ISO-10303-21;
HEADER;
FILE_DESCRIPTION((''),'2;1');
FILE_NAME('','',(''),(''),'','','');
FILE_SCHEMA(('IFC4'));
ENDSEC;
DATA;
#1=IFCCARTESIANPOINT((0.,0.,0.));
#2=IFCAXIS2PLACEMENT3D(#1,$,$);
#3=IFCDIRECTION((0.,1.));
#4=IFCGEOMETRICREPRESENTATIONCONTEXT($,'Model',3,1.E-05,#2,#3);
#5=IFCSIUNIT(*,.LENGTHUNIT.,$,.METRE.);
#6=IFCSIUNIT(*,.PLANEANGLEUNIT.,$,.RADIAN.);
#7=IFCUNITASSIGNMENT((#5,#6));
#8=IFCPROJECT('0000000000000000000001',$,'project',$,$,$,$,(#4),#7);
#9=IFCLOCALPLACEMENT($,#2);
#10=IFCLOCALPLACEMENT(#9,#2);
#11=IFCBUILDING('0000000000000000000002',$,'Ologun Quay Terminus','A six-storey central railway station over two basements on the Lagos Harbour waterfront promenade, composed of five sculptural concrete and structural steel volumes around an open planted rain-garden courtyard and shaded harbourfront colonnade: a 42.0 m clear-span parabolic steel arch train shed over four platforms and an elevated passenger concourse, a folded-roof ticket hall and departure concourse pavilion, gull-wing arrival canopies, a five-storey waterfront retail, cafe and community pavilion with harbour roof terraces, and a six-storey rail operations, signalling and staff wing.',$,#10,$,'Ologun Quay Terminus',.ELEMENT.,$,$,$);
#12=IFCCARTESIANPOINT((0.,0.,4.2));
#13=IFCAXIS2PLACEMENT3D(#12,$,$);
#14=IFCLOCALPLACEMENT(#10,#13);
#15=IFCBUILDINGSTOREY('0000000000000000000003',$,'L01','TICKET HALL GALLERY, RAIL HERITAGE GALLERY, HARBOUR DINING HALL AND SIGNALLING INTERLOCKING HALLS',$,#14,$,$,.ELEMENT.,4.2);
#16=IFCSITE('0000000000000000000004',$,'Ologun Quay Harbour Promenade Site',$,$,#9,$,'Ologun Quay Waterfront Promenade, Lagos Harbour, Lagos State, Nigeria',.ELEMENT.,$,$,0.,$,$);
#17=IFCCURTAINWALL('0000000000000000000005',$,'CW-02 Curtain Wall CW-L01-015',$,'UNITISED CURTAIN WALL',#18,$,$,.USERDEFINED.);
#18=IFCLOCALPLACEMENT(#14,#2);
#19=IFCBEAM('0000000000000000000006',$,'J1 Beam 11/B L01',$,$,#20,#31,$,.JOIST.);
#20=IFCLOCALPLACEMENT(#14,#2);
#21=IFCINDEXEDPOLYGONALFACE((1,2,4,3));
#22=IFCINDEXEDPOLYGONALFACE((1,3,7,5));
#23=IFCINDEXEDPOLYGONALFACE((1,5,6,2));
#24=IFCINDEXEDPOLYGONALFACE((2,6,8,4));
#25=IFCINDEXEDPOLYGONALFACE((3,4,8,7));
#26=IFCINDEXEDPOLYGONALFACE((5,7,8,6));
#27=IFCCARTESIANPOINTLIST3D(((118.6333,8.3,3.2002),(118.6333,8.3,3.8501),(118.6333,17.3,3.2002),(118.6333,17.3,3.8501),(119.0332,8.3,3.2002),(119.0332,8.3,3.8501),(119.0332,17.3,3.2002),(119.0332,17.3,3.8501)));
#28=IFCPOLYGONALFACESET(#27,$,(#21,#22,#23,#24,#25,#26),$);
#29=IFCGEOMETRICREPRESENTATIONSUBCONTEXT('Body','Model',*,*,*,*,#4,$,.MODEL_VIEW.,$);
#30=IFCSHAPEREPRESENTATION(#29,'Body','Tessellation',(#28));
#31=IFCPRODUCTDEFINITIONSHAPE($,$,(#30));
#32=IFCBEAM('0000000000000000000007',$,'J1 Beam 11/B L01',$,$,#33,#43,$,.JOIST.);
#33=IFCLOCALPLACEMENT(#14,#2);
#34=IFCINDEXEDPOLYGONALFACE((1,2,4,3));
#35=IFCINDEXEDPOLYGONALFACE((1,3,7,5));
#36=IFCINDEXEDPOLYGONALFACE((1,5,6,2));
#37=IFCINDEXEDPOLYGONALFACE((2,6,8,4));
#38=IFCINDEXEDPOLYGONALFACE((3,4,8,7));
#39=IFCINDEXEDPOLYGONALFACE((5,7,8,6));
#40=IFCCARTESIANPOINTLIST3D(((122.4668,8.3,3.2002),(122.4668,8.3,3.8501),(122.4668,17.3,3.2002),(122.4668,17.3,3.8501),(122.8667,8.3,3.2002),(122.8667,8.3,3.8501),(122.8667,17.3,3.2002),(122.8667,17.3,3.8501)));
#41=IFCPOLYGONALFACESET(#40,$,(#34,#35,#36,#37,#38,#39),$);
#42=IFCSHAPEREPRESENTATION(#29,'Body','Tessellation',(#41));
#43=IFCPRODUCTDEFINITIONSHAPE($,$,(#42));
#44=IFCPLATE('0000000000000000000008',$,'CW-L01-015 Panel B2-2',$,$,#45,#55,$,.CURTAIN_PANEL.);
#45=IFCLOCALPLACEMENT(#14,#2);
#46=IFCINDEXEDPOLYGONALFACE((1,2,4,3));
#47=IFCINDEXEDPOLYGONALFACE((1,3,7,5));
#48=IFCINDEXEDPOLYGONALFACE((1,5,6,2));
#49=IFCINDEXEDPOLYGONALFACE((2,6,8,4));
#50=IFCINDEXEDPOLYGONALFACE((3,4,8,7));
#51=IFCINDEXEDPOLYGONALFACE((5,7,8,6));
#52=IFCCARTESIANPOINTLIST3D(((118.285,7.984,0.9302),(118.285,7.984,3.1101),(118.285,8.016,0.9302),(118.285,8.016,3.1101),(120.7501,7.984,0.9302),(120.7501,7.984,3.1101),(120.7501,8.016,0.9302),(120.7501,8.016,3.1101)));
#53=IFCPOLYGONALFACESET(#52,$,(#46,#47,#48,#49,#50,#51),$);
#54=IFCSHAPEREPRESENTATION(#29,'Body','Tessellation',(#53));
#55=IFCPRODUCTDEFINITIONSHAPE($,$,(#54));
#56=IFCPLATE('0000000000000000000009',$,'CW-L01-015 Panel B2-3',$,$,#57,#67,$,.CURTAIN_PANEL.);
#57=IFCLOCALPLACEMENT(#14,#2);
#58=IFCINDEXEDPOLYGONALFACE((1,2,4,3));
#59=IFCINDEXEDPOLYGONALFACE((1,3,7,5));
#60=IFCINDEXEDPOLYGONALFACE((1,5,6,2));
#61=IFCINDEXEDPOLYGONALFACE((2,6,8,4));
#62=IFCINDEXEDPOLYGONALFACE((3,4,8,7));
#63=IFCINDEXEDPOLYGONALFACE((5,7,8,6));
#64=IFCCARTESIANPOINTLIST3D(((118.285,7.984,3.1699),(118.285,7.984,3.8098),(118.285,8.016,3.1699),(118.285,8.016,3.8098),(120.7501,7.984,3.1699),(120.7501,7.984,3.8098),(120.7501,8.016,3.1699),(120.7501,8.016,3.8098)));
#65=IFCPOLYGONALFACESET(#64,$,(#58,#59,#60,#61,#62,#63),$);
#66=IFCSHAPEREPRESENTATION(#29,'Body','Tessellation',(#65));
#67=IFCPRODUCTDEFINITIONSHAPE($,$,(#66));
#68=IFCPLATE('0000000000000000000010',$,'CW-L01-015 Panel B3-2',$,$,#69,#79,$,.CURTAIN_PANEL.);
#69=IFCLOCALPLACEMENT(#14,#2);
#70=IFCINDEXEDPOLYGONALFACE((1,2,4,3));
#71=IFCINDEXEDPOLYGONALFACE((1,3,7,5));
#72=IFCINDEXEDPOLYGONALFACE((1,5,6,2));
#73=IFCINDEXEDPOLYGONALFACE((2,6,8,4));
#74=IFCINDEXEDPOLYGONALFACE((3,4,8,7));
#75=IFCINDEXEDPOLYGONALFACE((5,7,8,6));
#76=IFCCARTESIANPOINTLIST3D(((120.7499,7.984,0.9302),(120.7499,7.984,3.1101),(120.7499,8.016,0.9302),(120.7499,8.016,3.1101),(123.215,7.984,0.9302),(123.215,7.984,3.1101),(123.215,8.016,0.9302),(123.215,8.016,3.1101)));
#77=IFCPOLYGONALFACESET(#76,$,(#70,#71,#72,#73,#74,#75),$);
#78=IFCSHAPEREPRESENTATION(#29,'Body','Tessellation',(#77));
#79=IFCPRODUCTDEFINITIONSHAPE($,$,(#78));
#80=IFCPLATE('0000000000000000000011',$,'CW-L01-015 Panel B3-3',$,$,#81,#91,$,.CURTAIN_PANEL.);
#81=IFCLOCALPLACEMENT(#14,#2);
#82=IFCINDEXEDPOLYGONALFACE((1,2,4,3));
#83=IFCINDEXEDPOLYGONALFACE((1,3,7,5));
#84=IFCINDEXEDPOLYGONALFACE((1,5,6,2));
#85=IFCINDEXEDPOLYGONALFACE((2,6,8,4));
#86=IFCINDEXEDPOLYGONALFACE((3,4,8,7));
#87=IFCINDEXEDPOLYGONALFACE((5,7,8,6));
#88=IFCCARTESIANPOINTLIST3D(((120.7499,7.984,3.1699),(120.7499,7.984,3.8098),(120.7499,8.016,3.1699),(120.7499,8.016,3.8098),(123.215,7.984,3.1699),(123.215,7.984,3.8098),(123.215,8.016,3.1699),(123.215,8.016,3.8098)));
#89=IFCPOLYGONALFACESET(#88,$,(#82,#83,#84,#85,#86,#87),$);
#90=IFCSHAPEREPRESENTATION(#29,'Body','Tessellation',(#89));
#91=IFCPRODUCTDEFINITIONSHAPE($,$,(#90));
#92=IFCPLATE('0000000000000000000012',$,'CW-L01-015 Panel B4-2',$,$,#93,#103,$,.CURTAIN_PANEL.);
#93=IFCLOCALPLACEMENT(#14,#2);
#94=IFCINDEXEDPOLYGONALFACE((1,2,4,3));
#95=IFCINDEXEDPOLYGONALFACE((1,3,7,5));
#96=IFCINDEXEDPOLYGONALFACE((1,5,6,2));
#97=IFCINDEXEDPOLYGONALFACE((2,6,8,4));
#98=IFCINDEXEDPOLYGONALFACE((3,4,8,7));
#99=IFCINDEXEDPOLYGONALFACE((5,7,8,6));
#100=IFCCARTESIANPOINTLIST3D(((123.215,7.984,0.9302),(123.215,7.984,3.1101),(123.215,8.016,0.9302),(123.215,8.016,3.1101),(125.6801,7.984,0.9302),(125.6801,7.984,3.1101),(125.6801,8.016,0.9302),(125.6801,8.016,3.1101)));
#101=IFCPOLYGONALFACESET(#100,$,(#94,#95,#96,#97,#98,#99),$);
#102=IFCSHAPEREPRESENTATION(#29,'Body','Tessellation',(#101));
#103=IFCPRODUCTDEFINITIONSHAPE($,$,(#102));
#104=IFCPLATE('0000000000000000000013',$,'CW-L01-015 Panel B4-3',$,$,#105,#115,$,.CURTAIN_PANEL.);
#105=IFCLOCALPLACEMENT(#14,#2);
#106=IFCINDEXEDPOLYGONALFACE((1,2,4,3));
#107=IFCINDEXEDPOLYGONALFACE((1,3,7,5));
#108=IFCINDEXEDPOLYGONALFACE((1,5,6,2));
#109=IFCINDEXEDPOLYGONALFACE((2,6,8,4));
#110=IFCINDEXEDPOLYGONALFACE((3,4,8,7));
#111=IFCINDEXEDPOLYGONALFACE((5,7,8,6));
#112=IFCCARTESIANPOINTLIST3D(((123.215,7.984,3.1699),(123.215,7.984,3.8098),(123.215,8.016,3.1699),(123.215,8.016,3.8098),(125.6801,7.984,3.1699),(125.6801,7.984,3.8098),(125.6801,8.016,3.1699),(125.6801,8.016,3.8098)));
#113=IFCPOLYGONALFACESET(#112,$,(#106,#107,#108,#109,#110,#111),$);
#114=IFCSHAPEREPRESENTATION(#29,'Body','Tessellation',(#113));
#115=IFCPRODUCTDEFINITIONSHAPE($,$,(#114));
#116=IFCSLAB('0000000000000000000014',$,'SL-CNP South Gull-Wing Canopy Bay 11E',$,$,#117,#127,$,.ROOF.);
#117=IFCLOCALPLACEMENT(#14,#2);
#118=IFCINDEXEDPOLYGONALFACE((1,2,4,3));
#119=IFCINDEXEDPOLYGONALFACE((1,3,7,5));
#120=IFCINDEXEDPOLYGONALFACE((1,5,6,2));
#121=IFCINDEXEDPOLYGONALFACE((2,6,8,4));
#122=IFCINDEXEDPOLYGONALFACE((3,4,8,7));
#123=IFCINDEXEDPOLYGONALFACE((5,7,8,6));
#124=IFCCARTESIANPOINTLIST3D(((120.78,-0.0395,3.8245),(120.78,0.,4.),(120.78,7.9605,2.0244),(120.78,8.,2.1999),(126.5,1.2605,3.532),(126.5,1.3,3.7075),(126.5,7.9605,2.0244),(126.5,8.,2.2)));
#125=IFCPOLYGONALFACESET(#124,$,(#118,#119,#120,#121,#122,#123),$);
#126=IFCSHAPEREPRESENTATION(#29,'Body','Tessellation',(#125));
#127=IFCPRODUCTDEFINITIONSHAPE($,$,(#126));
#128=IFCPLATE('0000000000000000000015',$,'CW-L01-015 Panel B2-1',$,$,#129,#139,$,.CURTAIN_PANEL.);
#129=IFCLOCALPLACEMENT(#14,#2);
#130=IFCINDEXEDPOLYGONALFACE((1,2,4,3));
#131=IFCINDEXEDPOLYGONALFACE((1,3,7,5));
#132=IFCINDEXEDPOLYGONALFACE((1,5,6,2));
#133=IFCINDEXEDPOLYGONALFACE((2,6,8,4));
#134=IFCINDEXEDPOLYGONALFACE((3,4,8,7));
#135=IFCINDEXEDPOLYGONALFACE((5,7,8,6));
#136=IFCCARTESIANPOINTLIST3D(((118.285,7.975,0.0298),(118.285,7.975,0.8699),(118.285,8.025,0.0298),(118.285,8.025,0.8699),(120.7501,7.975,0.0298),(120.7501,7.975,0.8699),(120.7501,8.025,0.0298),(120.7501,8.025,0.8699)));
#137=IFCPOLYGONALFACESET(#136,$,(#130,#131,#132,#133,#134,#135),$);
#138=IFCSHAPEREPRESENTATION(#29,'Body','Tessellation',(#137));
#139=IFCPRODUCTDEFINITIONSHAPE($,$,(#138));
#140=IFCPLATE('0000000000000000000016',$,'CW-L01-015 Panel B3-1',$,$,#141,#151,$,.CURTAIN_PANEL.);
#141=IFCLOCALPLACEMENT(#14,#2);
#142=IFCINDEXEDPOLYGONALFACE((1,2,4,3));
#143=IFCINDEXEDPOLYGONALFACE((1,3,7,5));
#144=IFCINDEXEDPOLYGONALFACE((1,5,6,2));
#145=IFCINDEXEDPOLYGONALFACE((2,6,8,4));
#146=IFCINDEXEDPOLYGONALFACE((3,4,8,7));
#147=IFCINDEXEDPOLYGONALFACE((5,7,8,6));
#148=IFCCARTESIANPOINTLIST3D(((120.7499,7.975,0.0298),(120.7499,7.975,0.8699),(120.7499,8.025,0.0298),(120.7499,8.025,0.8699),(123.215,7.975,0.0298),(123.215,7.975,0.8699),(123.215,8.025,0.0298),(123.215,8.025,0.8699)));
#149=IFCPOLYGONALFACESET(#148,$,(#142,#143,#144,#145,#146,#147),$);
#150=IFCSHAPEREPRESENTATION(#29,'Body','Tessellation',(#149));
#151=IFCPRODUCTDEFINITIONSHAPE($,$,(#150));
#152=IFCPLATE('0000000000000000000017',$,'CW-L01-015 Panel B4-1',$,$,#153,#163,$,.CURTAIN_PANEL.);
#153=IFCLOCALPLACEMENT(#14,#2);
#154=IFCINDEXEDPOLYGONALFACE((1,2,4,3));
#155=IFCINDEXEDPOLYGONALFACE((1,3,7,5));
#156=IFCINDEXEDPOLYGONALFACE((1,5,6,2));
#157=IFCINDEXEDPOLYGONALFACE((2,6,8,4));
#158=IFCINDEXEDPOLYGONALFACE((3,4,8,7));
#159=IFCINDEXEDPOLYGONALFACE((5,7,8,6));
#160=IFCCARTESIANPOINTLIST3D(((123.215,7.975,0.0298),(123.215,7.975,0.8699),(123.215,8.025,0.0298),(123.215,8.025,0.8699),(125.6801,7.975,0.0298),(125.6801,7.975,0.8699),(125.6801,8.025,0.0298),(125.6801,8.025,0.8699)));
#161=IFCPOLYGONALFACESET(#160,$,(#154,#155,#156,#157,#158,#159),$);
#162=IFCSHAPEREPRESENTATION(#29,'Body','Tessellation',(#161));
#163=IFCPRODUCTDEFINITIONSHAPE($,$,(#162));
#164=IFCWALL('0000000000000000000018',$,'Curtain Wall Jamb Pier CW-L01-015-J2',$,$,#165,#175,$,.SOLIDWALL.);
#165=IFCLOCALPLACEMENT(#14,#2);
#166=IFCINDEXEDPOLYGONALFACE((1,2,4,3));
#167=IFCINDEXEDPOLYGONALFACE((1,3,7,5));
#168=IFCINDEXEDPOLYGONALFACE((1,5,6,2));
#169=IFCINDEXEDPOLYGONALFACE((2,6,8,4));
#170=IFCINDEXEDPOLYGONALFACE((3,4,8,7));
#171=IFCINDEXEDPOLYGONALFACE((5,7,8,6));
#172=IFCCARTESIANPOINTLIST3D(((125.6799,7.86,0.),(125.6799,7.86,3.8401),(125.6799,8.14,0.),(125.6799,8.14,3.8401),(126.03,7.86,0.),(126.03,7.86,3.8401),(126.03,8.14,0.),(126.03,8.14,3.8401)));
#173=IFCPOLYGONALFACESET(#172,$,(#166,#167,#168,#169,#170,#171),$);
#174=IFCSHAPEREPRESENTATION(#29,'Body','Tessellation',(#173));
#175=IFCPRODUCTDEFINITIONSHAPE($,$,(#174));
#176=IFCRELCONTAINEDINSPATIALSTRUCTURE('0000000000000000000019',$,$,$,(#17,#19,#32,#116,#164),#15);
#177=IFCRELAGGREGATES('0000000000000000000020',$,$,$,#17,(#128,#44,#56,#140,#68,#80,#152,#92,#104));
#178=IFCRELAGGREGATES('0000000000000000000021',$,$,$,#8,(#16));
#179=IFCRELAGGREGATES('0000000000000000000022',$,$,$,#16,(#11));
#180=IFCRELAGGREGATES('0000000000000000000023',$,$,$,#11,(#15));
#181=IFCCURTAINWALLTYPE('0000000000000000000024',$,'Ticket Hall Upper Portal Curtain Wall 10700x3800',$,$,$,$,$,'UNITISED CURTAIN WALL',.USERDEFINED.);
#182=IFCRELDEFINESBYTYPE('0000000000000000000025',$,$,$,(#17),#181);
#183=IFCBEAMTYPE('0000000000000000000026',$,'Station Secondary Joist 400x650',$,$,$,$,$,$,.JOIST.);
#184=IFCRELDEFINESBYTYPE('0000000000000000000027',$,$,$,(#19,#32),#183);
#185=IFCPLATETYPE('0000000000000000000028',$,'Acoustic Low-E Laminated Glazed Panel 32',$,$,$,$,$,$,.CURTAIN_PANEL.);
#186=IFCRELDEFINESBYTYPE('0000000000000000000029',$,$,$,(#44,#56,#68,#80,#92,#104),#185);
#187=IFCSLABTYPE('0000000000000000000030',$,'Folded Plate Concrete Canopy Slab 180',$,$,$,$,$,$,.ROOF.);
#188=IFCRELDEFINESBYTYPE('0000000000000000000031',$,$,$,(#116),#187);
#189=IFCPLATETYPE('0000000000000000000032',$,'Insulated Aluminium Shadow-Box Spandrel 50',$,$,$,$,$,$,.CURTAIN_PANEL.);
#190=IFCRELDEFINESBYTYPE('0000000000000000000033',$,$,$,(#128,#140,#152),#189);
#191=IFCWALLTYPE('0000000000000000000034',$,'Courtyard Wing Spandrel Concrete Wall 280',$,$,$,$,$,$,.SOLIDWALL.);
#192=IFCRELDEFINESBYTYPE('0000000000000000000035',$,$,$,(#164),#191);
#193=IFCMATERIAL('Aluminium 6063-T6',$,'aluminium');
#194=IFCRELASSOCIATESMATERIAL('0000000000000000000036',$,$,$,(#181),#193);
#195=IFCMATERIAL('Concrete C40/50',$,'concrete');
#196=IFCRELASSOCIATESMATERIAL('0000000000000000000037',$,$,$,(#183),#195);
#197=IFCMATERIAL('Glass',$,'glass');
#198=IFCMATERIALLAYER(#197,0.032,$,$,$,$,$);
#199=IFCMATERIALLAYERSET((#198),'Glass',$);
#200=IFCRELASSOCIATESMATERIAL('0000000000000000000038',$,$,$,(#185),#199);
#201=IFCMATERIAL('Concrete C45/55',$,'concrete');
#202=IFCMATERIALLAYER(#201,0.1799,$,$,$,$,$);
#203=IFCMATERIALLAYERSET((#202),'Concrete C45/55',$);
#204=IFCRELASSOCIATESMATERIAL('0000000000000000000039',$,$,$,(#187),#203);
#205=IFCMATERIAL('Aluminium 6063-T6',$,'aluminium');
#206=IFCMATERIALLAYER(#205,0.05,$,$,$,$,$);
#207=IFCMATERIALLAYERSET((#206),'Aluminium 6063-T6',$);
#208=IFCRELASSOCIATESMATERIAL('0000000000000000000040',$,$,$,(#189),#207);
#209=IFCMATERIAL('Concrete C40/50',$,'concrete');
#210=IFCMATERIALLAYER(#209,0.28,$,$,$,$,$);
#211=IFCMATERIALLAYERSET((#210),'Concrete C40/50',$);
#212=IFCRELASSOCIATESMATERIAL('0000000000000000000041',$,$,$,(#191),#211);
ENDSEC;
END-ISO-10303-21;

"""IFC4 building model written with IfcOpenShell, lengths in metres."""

from ifc_helpers import new_model, si_unit, direction, frame, frame_2d, origin, origin_2d, place, context, subcontext, project, spatial, polyline, rectangle, outline, extrude, material, layer, layer_set, material_profile, profile_set, type_object, element, aggregate, save


model = new_model("IFC4")

# Units and contexts
model_context = context("Model", 3, precision=1e-05, world=origin(), true_north=direction((0.0, 1.0)))
body_context = subcontext(model_context, "Body", "Model", "MODEL_VIEW")
ifc_project = project(units=[si_unit("LENGTHUNIT", "METRE"), si_unit("PLANEANGLEUNIT", "RADIAN")], contexts=[model_context])

# Site, building, storey
site_placement = place(None, origin())
site = spatial("IfcSite", under=ifc_project, at=site_placement, Name="Ologun Quay Harbour Promenade Site", LongName="Ologun Quay Waterfront Promenade, Lagos Harbour, Lagos State, Nigeria", CompositionType="ELEMENT", RefElevation=0.0)
building_placement = place(site_placement, origin())
building = spatial("IfcBuilding", under=site, at=building_placement, Name="Ologun Quay Terminus", Description="A six-storey central railway station over two basements on the Lagos Harbour waterfront promenade, composed of five sculptural concrete and structural steel volumes around an open planted rain-garden courtyard and shaded harbourfront colonnade: a 42.0 m clear-span parabolic steel arch train shed over four platforms and an elevated passenger concourse, a folded-roof ticket hall and departure concourse pavilion, gull-wing arrival canopies, a five-storey waterfront retail, cafe and community pavilion with harbour roof terraces, and a six-storey rail operations, signalling and staff wing.", LongName="Ologun Quay Terminus", CompositionType="ELEMENT")
storey_placement = place(building_placement, frame((0.0, 0.0, 4.2)))
storey = spatial("IfcBuildingStorey", under=building, at=storey_placement, Name="L01", Description="TICKET HALL GALLERY, RAIL HERITAGE GALLERY, HARBOUR DINING HALL AND SIGNALLING INTERLOCKING HALLS", CompositionType="ELEMENT", Elevation=4.2)

# Curtain wall
ifc_material_1 = material(Name="Aluminium 6063-T6", Category="aluminium")
curtain_wall_type = type_object("IfcCurtainWallType", Name="Ticket Hall Upper Portal Curtain Wall 10700x3800", ElementType="UNITISED CURTAIN WALL", PredefinedType="USERDEFINED", material=ifc_material_1)
curtain_wall_placement = place(storey_placement, origin())
curtain_wall = element("IfcCurtainWall", 1, at=curtain_wall_placement, inside=storey, type_object=curtain_wall_type, Name="CW-02 Curtain Wall CW-L01-015", ObjectType="UNITISED CURTAIN WALL", PredefinedType="USERDEFINED")

# Beams
ifc_material_2 = material(Name="Concrete C40/50", Category="concrete")
ifc_material_profile_1 = material_profile(ifc_material_2, rectangle(XDim=0.3999, YDim=0.6499, at=origin_2d()), Name="RC 400x650")
ifc_profile_set_1 = profile_set([ifc_material_profile_1], Name="Concrete C40/50")
beam_type_1 = type_object("IfcBeamType", Name="Station Secondary Joist 400x650", PredefinedType="JOIST", material=ifc_profile_set_1)
for number, where, z_axis, x_axis, name in (
    (2, (118.8333, 8.3, 3.5251), (0.0, 1.0, 0.0), (-1.0, 0.0, 0.0), "J1 Beam 11/B L01"),
    (3, (122.6667, 8.3, 3.5251), (0.0, 1.0, 0.0), (-1.0, 0.0, 0.0), "J1 Beam 11/B L01"),
):
    element("IfcBeam", number, at=place(storey_placement, frame(where, z_axis=z_axis, x_axis=x_axis)), inside=storey, type_object=beam_type_1, Name=name, PredefinedType="JOIST", context=body_context, shape_type="SweptSolid", body=[
        extrude(rectangle(XDim=0.3999, YDim=0.6499, at=origin_2d()), origin(), (0.0, 0.0, 1.0), 9.0),
    ])

# Plates
ifc_material_3 = material(Name="Glass", Category="glass")
ifc_layer_1 = layer(ifc_material_3, 0.032)
ifc_layer_set_1 = layer_set([ifc_layer_1], Name="Glass")
plate_type_1 = type_object("IfcPlateType", Name="Acoustic Low-E Laminated Glazed Panel 32", PredefinedType="CURTAIN_PANEL", material=ifc_layer_set_1)
plate_1_placement = place(storey_placement, frame((119.5176, 8.0, 0.9302), z_axis=(0.0, 0.0, 1.0), x_axis=(1.0, 0.0, 0.0)))
plate_1 = element("IfcPlate", 4, at=plate_1_placement, type_object=plate_type_1, Name="CW-L01-015 Panel B2-2", PredefinedType="CURTAIN_PANEL", context=body_context, shape_type="SweptSolid", body=[
    extrude(rectangle(XDim=2.4651, YDim=0.032, at=origin_2d()), origin(), (0.0, 0.0, 1.0), 2.1799),
])
plate_2_placement = place(storey_placement, frame((119.5176, 8.0, 3.1699), z_axis=(0.0, 0.0, 1.0), x_axis=(1.0, 0.0, 0.0)))
plate_2 = element("IfcPlate", 5, at=plate_2_placement, type_object=plate_type_1, Name="CW-L01-015 Panel B2-3", PredefinedType="CURTAIN_PANEL", context=body_context, shape_type="SweptSolid", body=[
    extrude(rectangle(XDim=2.4651, YDim=0.032, at=origin_2d()), origin(), (0.0, 0.0, 1.0), 0.6399),
])
plate_3_placement = place(storey_placement, frame((121.9824, 8.0, 0.9302), z_axis=(0.0, 0.0, 1.0), x_axis=(1.0, 0.0, 0.0)))
plate_3 = element("IfcPlate", 6, at=plate_3_placement, type_object=plate_type_1, Name="CW-L01-015 Panel B3-2", PredefinedType="CURTAIN_PANEL", context=body_context, shape_type="SweptSolid", body=[
    extrude(rectangle(XDim=2.4651, YDim=0.032, at=origin_2d()), origin(), (0.0, 0.0, 1.0), 2.1799),
])
plate_4_placement = place(storey_placement, frame((121.9824, 8.0, 3.1699), z_axis=(0.0, 0.0, 1.0), x_axis=(1.0, 0.0, 0.0)))
plate_4 = element("IfcPlate", 7, at=plate_4_placement, type_object=plate_type_1, Name="CW-L01-015 Panel B3-3", PredefinedType="CURTAIN_PANEL", context=body_context, shape_type="SweptSolid", body=[
    extrude(rectangle(XDim=2.4651, YDim=0.032, at=origin_2d()), origin(), (0.0, 0.0, 1.0), 0.6399),
])
plate_5_placement = place(storey_placement, frame((124.4475, 8.0, 0.9302), z_axis=(0.0, 0.0, 1.0), x_axis=(1.0, 0.0, 0.0)))
plate_5 = element("IfcPlate", 8, at=plate_5_placement, type_object=plate_type_1, Name="CW-L01-015 Panel B4-2", PredefinedType="CURTAIN_PANEL", context=body_context, shape_type="SweptSolid", body=[
    extrude(rectangle(XDim=2.4651, YDim=0.032, at=origin_2d()), origin(), (0.0, 0.0, 1.0), 2.1799),
])
plate_6_placement = place(storey_placement, frame((124.4475, 8.0, 3.1699), z_axis=(0.0, 0.0, 1.0), x_axis=(1.0, 0.0, 0.0)))
plate_6 = element("IfcPlate", 9, at=plate_6_placement, type_object=plate_type_1, Name="CW-L01-015 Panel B4-3", PredefinedType="CURTAIN_PANEL", context=body_context, shape_type="SweptSolid", body=[
    extrude(rectangle(XDim=2.4651, YDim=0.032, at=origin_2d()), origin(), (0.0, 0.0, 1.0), 0.6399),
])

# Slab
ifc_material_4 = material(Name="Concrete C45/55", Category="concrete")
ifc_layer_2 = layer(ifc_material_4, 0.1799)
ifc_layer_set_2 = layer_set([ifc_layer_2], Name="Concrete C45/55")
slab_type = type_object("IfcSlabType", Name="Folded Plate Concrete Canopy Slab 180", PredefinedType="ROOF", material=ifc_layer_set_2)
slab_placement = place(storey_placement, frame((120.78, 0.0, 4.0), z_axis=(-0.000004, 0.21952, 0.975608), x_axis=(0.973921, 0.221354, -0.049803)))
element("IfcSlab", 10, at=slab_placement, inside=storey, type_object=slab_type, Name="SL-CNP South Gull-Wing Canopy Bay 11E", PredefinedType="ROOF", context=body_context, shape_type="SweptSolid", body=[
    extrude(outline(polyline([(0.0, 0.0), (5.8731, 0.0), (7.4313, 6.6884), (1.8605, 7.9862), (0.0, 0.0)])), origin(), (0.0, 0.0, -1.0), 0.1799),
])

# Plates
ifc_material_5 = material(Name="Aluminium 6063-T6", Category="aluminium")
ifc_layer_3 = layer(ifc_material_5, 0.05)
ifc_layer_set_3 = layer_set([ifc_layer_3], Name="Aluminium 6063-T6")
plate_type_2 = type_object("IfcPlateType", Name="Insulated Aluminium Shadow-Box Spandrel 50", PredefinedType="CURTAIN_PANEL", material=ifc_layer_set_3)
plate_7_placement = place(storey_placement, frame((119.5176, 8.0, 0.0298), z_axis=(0.0, 0.0, 1.0), x_axis=(1.0, 0.0, 0.0)))
plate_7 = element("IfcPlate", 11, at=plate_7_placement, type_object=plate_type_2, Name="CW-L01-015 Panel B2-1", PredefinedType="CURTAIN_PANEL", context=body_context, shape_type="SweptSolid", body=[
    extrude(rectangle(XDim=2.4651, YDim=0.05, at=origin_2d()), origin(), (0.0, 0.0, 1.0), 0.8401),
])
plate_8_placement = place(storey_placement, frame((121.9824, 8.0, 0.0298), z_axis=(0.0, 0.0, 1.0), x_axis=(1.0, 0.0, 0.0)))
plate_8 = element("IfcPlate", 12, at=plate_8_placement, type_object=plate_type_2, Name="CW-L01-015 Panel B3-1", PredefinedType="CURTAIN_PANEL", context=body_context, shape_type="SweptSolid", body=[
    extrude(rectangle(XDim=2.4651, YDim=0.05, at=origin_2d()), origin(), (0.0, 0.0, 1.0), 0.8401),
])
plate_9_placement = place(storey_placement, frame((124.4475, 8.0, 0.0298), z_axis=(0.0, 0.0, 1.0), x_axis=(1.0, 0.0, 0.0)))
plate_9 = element("IfcPlate", 13, at=plate_9_placement, type_object=plate_type_2, Name="CW-L01-015 Panel B4-1", PredefinedType="CURTAIN_PANEL", context=body_context, shape_type="SweptSolid", body=[
    extrude(rectangle(XDim=2.4651, YDim=0.05, at=origin_2d()), origin(), (0.0, 0.0, 1.0), 0.8401),
])
aggregate(curtain_wall, [plate_7, plate_1, plate_2, plate_8, plate_3, plate_4, plate_9, plate_5, plate_6])

# Wall
ifc_material_6 = material(Name="Concrete C40/50", Category="concrete")
ifc_layer_4 = layer(ifc_material_6, 0.28)
ifc_layer_set_4 = layer_set([ifc_layer_4], Name="Concrete C40/50")
wall_type_1 = type_object("IfcWallType", Name="Courtyard Wing Spandrel Concrete Wall 280", PredefinedType="SOLIDWALL", material=ifc_layer_set_4)
wall_1_placement = place(storey_placement, frame((125.6799, 8.0, 0.0), z_axis=(0.0, 0.0, 1.0), x_axis=(1.0, 0.0, 0.0)))
element("IfcWall", 14, at=wall_1_placement, inside=storey, type_object=wall_type_1, Name="Curtain Wall Jamb Pier CW-L01-015-J2", PredefinedType="SOLIDWALL", context=body_context, shape_type="SweptSolid", body=[
    extrude(rectangle(XDim=0.3501, YDim=0.28, at=frame_2d((0.175, 0.0))), origin(), (0.0, 0.0, 1.0), 3.8401),
])

save(model, "model.ifc")
